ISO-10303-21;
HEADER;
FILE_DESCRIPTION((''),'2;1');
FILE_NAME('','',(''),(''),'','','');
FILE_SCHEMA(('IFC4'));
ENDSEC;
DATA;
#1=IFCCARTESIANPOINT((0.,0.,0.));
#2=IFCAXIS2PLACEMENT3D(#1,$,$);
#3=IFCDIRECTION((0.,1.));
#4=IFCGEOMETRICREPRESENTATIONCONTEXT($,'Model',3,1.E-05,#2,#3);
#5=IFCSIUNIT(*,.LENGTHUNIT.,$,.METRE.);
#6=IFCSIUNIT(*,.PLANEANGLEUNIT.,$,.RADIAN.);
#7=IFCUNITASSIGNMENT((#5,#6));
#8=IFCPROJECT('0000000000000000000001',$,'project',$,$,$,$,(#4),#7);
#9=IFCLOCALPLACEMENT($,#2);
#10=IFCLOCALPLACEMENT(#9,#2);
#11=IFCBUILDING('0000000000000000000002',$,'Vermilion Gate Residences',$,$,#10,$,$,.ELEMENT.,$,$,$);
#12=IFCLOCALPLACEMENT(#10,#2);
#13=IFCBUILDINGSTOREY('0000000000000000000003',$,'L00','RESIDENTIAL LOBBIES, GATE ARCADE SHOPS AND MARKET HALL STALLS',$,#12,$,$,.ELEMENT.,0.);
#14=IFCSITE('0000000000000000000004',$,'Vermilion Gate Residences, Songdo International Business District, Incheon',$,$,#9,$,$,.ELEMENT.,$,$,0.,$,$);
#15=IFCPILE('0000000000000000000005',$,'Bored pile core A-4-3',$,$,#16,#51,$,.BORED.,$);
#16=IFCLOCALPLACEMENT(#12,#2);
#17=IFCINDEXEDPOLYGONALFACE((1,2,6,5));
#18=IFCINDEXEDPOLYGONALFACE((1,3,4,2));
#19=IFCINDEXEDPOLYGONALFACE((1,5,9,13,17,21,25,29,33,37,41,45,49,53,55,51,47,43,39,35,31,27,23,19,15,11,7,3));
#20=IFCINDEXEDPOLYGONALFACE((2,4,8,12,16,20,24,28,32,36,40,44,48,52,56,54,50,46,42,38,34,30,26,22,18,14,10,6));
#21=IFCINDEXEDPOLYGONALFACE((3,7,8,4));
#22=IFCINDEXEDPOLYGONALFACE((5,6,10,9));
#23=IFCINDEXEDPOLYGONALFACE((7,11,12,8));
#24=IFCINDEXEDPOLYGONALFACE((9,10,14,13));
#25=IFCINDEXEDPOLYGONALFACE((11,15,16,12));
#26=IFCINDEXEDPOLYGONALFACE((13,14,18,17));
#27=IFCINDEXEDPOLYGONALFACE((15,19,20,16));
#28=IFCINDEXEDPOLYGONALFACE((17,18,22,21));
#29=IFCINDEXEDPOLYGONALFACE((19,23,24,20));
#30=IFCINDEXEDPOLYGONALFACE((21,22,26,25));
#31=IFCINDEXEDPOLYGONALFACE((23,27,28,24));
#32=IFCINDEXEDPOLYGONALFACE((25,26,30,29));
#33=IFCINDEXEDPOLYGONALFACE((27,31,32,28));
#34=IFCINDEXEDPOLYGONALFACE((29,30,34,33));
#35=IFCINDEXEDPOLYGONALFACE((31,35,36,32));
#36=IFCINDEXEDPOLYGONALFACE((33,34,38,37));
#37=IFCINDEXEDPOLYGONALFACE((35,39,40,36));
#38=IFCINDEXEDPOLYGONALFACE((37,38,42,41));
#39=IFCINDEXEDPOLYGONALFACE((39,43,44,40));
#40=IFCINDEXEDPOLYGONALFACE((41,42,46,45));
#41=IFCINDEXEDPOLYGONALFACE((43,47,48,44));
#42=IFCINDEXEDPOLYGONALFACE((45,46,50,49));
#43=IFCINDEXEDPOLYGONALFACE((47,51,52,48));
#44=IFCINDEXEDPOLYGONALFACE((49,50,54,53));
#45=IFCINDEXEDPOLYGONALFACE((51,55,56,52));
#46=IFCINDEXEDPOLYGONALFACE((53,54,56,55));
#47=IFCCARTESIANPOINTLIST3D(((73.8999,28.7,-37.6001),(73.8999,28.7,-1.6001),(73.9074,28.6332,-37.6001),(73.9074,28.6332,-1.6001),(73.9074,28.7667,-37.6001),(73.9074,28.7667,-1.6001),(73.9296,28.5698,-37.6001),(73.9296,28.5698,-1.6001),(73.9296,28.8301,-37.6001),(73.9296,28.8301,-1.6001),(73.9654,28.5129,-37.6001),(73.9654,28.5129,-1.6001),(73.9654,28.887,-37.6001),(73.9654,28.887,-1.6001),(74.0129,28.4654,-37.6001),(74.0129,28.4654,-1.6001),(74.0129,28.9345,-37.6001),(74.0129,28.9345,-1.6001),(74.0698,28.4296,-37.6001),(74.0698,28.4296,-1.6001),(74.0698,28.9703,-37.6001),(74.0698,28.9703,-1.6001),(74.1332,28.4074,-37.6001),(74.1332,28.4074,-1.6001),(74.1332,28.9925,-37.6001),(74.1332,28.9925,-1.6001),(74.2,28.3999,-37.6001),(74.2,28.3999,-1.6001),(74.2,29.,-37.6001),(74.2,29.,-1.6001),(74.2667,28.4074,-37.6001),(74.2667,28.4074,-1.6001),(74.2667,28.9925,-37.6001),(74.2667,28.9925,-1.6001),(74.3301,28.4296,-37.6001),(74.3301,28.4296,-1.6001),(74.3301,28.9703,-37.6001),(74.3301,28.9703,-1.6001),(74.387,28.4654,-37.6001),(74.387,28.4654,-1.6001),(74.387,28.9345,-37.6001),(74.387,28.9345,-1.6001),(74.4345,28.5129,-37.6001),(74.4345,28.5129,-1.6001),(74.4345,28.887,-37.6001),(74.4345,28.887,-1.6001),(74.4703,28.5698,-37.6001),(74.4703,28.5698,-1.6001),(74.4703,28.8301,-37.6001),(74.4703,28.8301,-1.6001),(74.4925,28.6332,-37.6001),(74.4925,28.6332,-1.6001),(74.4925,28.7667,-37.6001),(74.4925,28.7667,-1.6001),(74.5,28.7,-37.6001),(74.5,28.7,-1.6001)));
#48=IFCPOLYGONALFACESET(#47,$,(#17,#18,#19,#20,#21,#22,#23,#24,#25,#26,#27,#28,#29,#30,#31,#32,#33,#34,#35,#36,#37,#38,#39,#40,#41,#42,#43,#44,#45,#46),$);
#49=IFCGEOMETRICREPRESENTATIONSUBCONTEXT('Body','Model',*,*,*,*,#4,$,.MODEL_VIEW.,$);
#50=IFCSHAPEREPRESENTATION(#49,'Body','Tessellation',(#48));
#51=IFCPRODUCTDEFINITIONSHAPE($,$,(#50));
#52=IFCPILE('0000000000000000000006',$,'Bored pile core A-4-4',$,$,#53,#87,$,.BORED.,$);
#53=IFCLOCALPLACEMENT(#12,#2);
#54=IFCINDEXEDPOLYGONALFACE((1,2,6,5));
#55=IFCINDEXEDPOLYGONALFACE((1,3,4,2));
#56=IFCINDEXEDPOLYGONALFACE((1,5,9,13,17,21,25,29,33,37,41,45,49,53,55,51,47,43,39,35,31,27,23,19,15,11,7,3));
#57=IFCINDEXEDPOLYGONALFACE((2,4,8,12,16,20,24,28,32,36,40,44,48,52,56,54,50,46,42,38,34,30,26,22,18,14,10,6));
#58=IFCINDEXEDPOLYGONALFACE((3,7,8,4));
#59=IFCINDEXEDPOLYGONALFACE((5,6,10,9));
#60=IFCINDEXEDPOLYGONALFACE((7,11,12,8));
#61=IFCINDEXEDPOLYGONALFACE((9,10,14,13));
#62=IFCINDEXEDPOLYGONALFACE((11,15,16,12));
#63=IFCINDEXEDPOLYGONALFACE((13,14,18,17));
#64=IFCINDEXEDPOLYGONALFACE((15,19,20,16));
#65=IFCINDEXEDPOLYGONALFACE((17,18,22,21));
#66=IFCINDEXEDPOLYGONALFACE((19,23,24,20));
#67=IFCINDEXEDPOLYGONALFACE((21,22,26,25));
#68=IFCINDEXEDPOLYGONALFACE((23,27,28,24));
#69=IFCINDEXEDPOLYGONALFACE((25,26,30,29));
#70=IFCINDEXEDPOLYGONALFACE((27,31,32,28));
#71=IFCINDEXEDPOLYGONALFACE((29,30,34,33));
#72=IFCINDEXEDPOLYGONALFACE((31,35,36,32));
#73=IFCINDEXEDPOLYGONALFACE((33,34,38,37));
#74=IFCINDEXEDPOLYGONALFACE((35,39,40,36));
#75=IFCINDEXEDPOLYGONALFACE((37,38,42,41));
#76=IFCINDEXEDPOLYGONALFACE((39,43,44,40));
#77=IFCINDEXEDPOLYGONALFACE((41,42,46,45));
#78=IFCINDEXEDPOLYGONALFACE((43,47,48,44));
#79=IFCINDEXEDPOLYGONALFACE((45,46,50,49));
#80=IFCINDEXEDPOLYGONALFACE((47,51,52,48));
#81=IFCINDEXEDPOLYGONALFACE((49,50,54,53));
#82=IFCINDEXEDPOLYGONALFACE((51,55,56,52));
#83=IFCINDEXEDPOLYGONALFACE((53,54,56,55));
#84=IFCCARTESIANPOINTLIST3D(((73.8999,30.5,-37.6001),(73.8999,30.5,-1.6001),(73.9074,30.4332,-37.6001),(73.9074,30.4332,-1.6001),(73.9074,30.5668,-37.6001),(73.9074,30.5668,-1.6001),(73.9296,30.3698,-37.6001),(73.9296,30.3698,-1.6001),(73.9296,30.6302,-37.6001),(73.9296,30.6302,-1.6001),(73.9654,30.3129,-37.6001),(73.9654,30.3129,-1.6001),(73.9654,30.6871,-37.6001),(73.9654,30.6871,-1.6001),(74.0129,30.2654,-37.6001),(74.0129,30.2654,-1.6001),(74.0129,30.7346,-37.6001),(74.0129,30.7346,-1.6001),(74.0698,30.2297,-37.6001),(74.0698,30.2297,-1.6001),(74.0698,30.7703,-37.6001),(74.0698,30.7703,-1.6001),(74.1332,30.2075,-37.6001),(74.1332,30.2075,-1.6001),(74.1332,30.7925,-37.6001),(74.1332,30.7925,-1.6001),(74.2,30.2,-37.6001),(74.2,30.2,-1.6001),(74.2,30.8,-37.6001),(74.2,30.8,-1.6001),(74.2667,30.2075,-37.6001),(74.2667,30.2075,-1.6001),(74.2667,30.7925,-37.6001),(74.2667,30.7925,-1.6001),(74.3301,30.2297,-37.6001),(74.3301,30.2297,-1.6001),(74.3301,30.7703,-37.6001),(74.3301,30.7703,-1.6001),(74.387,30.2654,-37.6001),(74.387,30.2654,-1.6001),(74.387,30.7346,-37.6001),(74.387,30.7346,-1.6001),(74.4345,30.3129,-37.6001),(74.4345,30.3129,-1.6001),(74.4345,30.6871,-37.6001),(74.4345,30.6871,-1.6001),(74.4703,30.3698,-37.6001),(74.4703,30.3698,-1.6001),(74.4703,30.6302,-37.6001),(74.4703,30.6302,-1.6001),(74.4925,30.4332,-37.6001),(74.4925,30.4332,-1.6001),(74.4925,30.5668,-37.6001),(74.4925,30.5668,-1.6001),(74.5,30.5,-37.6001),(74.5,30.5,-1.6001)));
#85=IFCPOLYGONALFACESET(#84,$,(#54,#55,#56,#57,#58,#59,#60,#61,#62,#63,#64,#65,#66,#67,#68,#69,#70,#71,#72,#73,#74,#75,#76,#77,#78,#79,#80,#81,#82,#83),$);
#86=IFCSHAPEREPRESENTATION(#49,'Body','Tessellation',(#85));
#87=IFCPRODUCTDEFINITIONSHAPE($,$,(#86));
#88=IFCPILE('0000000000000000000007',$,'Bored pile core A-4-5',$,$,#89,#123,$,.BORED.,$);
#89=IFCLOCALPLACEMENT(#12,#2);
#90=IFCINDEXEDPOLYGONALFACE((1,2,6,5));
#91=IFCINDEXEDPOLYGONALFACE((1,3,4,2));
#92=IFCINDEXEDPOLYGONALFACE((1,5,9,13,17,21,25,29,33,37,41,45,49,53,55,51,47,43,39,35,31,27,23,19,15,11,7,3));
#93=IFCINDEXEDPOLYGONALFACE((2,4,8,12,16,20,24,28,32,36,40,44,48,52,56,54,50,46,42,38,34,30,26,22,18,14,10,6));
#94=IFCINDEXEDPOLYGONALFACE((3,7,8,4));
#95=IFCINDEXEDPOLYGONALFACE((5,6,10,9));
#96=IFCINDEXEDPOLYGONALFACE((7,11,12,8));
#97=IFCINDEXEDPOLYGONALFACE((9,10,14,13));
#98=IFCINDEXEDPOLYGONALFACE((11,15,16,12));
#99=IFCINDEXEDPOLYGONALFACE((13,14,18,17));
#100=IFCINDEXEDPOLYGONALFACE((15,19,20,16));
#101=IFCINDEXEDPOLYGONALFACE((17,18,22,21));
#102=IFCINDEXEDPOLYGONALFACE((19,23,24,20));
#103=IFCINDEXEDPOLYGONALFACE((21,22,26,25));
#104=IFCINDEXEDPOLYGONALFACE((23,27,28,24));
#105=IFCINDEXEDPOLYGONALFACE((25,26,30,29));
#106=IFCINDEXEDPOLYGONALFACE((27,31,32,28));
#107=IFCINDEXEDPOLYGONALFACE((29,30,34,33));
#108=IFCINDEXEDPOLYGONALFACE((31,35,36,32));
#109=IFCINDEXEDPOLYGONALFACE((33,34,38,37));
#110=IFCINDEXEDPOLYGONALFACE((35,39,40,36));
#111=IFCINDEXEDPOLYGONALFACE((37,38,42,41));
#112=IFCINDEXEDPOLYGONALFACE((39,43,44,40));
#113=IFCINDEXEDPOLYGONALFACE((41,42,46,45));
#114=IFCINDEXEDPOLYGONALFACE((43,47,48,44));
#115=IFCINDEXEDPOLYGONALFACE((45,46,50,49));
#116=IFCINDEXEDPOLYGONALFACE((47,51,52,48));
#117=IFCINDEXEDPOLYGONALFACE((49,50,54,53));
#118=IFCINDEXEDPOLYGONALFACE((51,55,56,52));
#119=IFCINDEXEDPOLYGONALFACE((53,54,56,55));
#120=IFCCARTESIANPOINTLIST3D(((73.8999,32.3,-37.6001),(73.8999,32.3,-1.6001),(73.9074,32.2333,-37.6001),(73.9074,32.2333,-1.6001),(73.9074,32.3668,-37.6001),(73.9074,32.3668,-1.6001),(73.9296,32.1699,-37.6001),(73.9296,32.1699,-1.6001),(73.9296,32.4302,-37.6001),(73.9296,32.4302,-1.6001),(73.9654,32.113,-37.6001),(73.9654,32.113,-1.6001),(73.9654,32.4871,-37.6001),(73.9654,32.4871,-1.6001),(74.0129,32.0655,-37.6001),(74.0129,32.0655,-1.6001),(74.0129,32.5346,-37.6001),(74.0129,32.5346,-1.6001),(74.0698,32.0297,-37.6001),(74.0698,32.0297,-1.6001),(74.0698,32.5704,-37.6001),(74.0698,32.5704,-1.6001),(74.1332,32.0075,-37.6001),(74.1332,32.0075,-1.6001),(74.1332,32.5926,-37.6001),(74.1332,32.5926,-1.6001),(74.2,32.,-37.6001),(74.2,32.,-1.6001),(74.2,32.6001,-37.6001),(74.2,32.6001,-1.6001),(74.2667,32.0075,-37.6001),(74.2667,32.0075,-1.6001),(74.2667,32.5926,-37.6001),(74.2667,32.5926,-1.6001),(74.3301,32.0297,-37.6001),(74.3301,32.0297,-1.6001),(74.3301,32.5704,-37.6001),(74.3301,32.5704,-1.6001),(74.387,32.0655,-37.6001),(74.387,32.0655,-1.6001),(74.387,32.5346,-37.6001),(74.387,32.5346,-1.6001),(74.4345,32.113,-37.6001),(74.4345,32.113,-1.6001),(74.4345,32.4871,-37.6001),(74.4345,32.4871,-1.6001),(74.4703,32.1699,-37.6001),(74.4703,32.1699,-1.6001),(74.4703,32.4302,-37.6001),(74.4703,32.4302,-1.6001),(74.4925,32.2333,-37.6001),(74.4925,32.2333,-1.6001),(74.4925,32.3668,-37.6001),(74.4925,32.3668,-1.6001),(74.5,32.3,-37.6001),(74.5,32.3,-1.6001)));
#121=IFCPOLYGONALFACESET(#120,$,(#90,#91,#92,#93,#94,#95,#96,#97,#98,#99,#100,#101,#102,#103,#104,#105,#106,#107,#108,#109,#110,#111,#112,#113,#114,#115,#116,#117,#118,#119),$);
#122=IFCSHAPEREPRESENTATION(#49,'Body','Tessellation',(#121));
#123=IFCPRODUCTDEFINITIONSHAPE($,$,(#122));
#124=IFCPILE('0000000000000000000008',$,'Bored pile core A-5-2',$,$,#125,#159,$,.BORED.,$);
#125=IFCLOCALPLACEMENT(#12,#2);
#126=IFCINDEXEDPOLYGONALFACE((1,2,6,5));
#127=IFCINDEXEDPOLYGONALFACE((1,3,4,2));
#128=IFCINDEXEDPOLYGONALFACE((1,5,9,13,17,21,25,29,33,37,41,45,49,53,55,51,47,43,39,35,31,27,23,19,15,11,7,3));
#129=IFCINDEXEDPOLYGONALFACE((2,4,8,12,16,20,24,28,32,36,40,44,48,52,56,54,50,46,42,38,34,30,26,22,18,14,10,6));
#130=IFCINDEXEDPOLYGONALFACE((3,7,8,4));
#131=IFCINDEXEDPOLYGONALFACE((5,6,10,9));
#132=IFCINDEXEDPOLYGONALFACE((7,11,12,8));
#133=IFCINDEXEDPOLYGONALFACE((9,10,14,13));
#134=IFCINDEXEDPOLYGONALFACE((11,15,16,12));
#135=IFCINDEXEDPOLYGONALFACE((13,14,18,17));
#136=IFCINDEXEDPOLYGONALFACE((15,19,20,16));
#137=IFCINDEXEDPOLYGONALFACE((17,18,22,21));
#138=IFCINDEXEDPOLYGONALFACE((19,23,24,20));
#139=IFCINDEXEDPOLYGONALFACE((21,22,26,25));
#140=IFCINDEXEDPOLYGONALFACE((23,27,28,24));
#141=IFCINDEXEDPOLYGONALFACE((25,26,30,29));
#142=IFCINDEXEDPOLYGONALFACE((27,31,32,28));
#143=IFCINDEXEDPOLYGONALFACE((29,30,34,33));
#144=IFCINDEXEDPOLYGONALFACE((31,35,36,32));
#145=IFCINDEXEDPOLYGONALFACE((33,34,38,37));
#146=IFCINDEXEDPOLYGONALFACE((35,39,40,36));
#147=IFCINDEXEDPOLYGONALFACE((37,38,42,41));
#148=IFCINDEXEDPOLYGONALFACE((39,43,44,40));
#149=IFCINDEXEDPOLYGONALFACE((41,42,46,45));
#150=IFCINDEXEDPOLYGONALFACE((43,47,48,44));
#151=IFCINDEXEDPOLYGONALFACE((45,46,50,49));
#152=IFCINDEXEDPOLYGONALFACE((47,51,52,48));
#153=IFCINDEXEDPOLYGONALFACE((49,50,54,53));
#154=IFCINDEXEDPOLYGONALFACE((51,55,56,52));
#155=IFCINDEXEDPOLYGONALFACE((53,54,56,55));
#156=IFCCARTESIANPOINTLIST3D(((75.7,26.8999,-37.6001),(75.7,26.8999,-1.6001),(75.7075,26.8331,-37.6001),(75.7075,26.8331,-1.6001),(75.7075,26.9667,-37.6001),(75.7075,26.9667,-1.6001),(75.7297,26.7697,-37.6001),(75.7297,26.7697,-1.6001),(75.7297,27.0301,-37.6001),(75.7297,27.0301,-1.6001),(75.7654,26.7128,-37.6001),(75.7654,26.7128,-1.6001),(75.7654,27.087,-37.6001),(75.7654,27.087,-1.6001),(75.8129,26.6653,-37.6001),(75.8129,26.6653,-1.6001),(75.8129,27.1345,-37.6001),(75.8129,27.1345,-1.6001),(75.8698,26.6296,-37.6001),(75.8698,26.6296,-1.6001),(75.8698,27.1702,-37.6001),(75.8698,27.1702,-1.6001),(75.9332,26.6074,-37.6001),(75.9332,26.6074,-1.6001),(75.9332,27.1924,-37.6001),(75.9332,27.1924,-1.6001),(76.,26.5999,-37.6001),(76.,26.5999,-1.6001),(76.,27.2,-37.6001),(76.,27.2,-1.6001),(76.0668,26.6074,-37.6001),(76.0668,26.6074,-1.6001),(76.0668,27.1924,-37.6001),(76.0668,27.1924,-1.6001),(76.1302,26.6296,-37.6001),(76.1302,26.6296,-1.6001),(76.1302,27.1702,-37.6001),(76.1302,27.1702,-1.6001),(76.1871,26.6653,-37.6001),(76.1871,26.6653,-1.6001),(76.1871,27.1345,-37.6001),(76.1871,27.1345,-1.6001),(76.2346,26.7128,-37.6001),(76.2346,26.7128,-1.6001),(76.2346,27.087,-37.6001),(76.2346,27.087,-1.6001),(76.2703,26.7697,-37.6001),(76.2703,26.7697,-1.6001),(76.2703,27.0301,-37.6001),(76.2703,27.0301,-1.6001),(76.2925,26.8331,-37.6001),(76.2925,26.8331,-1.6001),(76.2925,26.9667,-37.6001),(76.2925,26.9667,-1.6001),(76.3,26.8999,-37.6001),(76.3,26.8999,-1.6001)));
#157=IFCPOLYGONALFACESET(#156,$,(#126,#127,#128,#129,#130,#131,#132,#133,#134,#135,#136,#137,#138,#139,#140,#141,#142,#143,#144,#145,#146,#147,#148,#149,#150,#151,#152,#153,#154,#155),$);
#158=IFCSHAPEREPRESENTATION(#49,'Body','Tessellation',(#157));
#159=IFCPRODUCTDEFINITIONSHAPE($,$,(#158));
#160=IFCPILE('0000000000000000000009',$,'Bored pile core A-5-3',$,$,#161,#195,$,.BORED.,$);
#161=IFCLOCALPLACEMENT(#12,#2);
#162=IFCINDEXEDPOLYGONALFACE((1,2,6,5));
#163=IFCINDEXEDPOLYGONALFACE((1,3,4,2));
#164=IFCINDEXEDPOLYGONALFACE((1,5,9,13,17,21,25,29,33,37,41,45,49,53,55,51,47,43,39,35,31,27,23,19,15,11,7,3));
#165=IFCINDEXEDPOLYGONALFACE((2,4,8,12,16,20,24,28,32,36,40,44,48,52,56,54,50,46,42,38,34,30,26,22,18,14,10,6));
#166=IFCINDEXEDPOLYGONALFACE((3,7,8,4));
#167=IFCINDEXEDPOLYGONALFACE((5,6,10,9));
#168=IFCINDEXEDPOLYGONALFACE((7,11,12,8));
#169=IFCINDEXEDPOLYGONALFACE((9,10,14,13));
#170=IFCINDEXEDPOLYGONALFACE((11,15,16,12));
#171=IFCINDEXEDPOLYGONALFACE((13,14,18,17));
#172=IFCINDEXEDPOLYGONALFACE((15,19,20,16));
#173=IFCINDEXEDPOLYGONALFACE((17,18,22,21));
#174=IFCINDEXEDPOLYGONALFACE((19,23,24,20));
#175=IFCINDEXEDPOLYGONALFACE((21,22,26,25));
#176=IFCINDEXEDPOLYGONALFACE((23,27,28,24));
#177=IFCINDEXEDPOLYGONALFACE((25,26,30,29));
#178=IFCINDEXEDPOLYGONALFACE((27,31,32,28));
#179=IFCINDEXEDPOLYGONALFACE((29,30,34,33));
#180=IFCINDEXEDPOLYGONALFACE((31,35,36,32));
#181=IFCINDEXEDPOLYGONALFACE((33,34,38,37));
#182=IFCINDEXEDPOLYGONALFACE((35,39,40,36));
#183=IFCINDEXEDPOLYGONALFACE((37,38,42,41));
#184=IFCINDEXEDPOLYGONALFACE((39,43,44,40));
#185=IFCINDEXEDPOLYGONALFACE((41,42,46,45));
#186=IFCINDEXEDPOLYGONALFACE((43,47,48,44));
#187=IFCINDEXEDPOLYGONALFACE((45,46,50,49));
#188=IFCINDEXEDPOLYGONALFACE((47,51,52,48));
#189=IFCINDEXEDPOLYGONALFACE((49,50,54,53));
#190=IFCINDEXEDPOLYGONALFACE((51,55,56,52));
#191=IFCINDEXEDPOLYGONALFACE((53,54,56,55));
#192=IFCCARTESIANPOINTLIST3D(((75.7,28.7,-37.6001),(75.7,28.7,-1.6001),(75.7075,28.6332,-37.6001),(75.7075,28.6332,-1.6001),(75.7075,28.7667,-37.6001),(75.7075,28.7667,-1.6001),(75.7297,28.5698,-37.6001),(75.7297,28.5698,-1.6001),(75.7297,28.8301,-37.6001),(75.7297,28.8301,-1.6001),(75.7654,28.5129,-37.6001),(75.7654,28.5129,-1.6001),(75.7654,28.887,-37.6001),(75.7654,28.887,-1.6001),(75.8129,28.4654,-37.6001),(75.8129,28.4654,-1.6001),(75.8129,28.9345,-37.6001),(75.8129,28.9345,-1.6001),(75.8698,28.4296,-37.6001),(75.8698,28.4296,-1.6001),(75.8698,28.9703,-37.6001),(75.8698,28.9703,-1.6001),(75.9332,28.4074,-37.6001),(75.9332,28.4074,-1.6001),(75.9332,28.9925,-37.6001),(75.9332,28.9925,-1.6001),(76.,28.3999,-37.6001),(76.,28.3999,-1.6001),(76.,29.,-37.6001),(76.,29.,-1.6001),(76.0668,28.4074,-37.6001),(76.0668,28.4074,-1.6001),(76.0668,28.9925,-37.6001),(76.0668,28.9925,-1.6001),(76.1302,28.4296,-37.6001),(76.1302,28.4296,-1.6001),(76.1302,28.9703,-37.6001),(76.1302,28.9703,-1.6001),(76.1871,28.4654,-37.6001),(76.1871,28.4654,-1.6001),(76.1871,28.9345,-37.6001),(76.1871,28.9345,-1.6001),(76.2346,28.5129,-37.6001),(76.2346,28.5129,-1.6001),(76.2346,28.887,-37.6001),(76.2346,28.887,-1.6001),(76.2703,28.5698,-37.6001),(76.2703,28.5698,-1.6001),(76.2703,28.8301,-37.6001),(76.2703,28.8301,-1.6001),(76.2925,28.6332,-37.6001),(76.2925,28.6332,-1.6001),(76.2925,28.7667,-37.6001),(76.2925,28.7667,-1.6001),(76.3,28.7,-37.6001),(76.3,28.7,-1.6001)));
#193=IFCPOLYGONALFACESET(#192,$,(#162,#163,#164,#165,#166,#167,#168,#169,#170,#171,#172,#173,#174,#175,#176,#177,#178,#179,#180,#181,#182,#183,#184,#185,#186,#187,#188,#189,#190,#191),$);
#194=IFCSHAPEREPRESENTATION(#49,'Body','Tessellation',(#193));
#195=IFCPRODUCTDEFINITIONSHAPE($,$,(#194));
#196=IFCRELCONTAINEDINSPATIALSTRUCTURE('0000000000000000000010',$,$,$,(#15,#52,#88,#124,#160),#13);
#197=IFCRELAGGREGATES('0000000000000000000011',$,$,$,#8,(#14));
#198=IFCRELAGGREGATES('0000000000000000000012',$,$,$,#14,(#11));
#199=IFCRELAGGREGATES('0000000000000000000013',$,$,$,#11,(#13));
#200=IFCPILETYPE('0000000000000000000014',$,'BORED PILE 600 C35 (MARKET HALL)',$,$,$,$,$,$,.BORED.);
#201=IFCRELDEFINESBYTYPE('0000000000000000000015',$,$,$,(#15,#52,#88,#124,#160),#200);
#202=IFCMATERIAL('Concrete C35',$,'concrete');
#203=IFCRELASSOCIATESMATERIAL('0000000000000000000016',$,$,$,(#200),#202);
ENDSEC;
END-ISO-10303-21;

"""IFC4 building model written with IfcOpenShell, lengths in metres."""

from ifc_helpers import new_model, si_unit, direction, frame, origin, origin_2d, place, context, subcontext, project, spatial, circle, extrude, material, material_profile, profile_set, type_object, element, save


model = new_model("IFC4")

# Units and contexts
model_context = context("Model", 3, precision=1e-05, world=origin(), true_north=direction((0.0, 1.0)))
body_context = subcontext(model_context, "Body", "Model", "MODEL_VIEW")
ifc_project = project(units=[si_unit("LENGTHUNIT", "METRE"), si_unit("PLANEANGLEUNIT", "RADIAN")], contexts=[model_context])

# Site, building, storey
site_placement = place(None, origin())
site = spatial("IfcSite", under=ifc_project, at=site_placement, Name="Vermilion Gate Residences, Songdo International Business District, Incheon", CompositionType="ELEMENT", RefElevation=0.0)
building_placement = place(site_placement, origin())
building = spatial("IfcBuilding", under=site, at=building_placement, Name="Vermilion Gate Residences", CompositionType="ELEMENT")
storey_placement = place(building_placement, origin())
storey = spatial("IfcBuildingStorey", under=building, at=storey_placement, Name="L00", Description="RESIDENTIAL LOBBIES, GATE ARCADE SHOPS AND MARKET HALL STALLS", CompositionType="ELEMENT", Elevation=0.0)

# Piles
ifc_material_1 = material(Name="Concrete C35", Category="concrete")
ifc_material_profile_1 = material_profile(ifc_material_1, circle(Radius=0.3, at=origin_2d()), Name="BORED PILE 600 C35 (MARKET HALL)")
ifc_profile_set_1 = profile_set([ifc_material_profile_1], Name="Concrete C35")
pile_type = type_object("IfcPileType", Name="BORED PILE 600 C35 (MARKET HALL)", PredefinedType="BORED", material=ifc_profile_set_1)
for number, where, z_axis, x_axis, name in (
    (1, (74.2, 28.7, -1.6001), (0.0, 0.0, -1.0), (1.0, 0.0, 0.0), "Bored pile core A-4-3"),
    (2, (74.2, 30.5, -1.6001), (0.0, 0.0, -1.0), (1.0, 0.0, 0.0), "Bored pile core A-4-4"),
    (3, (74.2, 32.3, -1.6001), (0.0, 0.0, -1.0), (1.0, 0.0, 0.0), "Bored pile core A-4-5"),
    (4, (76.0, 26.8999, -1.6001), (0.0, 0.0, -1.0), (1.0, 0.0, 0.0), "Bored pile core A-5-2"),
    (5, (76.0, 28.7, -1.6001), (0.0, 0.0, -1.0), (1.0, 0.0, 0.0), "Bored pile core A-5-3"),
):
    element("IfcPile", number, at=place(storey_placement, frame(where, z_axis=z_axis, x_axis=x_axis)), inside=storey, type_object=pile_type, Name=name, PredefinedType="BORED", context=body_context, shape_type="SweptSolid", body=[
        extrude(circle(Radius=0.3, at=origin_2d()), origin(), (0.0, 0.0, 1.0), 36.0),
    ])

save(model, "model.ifc")
